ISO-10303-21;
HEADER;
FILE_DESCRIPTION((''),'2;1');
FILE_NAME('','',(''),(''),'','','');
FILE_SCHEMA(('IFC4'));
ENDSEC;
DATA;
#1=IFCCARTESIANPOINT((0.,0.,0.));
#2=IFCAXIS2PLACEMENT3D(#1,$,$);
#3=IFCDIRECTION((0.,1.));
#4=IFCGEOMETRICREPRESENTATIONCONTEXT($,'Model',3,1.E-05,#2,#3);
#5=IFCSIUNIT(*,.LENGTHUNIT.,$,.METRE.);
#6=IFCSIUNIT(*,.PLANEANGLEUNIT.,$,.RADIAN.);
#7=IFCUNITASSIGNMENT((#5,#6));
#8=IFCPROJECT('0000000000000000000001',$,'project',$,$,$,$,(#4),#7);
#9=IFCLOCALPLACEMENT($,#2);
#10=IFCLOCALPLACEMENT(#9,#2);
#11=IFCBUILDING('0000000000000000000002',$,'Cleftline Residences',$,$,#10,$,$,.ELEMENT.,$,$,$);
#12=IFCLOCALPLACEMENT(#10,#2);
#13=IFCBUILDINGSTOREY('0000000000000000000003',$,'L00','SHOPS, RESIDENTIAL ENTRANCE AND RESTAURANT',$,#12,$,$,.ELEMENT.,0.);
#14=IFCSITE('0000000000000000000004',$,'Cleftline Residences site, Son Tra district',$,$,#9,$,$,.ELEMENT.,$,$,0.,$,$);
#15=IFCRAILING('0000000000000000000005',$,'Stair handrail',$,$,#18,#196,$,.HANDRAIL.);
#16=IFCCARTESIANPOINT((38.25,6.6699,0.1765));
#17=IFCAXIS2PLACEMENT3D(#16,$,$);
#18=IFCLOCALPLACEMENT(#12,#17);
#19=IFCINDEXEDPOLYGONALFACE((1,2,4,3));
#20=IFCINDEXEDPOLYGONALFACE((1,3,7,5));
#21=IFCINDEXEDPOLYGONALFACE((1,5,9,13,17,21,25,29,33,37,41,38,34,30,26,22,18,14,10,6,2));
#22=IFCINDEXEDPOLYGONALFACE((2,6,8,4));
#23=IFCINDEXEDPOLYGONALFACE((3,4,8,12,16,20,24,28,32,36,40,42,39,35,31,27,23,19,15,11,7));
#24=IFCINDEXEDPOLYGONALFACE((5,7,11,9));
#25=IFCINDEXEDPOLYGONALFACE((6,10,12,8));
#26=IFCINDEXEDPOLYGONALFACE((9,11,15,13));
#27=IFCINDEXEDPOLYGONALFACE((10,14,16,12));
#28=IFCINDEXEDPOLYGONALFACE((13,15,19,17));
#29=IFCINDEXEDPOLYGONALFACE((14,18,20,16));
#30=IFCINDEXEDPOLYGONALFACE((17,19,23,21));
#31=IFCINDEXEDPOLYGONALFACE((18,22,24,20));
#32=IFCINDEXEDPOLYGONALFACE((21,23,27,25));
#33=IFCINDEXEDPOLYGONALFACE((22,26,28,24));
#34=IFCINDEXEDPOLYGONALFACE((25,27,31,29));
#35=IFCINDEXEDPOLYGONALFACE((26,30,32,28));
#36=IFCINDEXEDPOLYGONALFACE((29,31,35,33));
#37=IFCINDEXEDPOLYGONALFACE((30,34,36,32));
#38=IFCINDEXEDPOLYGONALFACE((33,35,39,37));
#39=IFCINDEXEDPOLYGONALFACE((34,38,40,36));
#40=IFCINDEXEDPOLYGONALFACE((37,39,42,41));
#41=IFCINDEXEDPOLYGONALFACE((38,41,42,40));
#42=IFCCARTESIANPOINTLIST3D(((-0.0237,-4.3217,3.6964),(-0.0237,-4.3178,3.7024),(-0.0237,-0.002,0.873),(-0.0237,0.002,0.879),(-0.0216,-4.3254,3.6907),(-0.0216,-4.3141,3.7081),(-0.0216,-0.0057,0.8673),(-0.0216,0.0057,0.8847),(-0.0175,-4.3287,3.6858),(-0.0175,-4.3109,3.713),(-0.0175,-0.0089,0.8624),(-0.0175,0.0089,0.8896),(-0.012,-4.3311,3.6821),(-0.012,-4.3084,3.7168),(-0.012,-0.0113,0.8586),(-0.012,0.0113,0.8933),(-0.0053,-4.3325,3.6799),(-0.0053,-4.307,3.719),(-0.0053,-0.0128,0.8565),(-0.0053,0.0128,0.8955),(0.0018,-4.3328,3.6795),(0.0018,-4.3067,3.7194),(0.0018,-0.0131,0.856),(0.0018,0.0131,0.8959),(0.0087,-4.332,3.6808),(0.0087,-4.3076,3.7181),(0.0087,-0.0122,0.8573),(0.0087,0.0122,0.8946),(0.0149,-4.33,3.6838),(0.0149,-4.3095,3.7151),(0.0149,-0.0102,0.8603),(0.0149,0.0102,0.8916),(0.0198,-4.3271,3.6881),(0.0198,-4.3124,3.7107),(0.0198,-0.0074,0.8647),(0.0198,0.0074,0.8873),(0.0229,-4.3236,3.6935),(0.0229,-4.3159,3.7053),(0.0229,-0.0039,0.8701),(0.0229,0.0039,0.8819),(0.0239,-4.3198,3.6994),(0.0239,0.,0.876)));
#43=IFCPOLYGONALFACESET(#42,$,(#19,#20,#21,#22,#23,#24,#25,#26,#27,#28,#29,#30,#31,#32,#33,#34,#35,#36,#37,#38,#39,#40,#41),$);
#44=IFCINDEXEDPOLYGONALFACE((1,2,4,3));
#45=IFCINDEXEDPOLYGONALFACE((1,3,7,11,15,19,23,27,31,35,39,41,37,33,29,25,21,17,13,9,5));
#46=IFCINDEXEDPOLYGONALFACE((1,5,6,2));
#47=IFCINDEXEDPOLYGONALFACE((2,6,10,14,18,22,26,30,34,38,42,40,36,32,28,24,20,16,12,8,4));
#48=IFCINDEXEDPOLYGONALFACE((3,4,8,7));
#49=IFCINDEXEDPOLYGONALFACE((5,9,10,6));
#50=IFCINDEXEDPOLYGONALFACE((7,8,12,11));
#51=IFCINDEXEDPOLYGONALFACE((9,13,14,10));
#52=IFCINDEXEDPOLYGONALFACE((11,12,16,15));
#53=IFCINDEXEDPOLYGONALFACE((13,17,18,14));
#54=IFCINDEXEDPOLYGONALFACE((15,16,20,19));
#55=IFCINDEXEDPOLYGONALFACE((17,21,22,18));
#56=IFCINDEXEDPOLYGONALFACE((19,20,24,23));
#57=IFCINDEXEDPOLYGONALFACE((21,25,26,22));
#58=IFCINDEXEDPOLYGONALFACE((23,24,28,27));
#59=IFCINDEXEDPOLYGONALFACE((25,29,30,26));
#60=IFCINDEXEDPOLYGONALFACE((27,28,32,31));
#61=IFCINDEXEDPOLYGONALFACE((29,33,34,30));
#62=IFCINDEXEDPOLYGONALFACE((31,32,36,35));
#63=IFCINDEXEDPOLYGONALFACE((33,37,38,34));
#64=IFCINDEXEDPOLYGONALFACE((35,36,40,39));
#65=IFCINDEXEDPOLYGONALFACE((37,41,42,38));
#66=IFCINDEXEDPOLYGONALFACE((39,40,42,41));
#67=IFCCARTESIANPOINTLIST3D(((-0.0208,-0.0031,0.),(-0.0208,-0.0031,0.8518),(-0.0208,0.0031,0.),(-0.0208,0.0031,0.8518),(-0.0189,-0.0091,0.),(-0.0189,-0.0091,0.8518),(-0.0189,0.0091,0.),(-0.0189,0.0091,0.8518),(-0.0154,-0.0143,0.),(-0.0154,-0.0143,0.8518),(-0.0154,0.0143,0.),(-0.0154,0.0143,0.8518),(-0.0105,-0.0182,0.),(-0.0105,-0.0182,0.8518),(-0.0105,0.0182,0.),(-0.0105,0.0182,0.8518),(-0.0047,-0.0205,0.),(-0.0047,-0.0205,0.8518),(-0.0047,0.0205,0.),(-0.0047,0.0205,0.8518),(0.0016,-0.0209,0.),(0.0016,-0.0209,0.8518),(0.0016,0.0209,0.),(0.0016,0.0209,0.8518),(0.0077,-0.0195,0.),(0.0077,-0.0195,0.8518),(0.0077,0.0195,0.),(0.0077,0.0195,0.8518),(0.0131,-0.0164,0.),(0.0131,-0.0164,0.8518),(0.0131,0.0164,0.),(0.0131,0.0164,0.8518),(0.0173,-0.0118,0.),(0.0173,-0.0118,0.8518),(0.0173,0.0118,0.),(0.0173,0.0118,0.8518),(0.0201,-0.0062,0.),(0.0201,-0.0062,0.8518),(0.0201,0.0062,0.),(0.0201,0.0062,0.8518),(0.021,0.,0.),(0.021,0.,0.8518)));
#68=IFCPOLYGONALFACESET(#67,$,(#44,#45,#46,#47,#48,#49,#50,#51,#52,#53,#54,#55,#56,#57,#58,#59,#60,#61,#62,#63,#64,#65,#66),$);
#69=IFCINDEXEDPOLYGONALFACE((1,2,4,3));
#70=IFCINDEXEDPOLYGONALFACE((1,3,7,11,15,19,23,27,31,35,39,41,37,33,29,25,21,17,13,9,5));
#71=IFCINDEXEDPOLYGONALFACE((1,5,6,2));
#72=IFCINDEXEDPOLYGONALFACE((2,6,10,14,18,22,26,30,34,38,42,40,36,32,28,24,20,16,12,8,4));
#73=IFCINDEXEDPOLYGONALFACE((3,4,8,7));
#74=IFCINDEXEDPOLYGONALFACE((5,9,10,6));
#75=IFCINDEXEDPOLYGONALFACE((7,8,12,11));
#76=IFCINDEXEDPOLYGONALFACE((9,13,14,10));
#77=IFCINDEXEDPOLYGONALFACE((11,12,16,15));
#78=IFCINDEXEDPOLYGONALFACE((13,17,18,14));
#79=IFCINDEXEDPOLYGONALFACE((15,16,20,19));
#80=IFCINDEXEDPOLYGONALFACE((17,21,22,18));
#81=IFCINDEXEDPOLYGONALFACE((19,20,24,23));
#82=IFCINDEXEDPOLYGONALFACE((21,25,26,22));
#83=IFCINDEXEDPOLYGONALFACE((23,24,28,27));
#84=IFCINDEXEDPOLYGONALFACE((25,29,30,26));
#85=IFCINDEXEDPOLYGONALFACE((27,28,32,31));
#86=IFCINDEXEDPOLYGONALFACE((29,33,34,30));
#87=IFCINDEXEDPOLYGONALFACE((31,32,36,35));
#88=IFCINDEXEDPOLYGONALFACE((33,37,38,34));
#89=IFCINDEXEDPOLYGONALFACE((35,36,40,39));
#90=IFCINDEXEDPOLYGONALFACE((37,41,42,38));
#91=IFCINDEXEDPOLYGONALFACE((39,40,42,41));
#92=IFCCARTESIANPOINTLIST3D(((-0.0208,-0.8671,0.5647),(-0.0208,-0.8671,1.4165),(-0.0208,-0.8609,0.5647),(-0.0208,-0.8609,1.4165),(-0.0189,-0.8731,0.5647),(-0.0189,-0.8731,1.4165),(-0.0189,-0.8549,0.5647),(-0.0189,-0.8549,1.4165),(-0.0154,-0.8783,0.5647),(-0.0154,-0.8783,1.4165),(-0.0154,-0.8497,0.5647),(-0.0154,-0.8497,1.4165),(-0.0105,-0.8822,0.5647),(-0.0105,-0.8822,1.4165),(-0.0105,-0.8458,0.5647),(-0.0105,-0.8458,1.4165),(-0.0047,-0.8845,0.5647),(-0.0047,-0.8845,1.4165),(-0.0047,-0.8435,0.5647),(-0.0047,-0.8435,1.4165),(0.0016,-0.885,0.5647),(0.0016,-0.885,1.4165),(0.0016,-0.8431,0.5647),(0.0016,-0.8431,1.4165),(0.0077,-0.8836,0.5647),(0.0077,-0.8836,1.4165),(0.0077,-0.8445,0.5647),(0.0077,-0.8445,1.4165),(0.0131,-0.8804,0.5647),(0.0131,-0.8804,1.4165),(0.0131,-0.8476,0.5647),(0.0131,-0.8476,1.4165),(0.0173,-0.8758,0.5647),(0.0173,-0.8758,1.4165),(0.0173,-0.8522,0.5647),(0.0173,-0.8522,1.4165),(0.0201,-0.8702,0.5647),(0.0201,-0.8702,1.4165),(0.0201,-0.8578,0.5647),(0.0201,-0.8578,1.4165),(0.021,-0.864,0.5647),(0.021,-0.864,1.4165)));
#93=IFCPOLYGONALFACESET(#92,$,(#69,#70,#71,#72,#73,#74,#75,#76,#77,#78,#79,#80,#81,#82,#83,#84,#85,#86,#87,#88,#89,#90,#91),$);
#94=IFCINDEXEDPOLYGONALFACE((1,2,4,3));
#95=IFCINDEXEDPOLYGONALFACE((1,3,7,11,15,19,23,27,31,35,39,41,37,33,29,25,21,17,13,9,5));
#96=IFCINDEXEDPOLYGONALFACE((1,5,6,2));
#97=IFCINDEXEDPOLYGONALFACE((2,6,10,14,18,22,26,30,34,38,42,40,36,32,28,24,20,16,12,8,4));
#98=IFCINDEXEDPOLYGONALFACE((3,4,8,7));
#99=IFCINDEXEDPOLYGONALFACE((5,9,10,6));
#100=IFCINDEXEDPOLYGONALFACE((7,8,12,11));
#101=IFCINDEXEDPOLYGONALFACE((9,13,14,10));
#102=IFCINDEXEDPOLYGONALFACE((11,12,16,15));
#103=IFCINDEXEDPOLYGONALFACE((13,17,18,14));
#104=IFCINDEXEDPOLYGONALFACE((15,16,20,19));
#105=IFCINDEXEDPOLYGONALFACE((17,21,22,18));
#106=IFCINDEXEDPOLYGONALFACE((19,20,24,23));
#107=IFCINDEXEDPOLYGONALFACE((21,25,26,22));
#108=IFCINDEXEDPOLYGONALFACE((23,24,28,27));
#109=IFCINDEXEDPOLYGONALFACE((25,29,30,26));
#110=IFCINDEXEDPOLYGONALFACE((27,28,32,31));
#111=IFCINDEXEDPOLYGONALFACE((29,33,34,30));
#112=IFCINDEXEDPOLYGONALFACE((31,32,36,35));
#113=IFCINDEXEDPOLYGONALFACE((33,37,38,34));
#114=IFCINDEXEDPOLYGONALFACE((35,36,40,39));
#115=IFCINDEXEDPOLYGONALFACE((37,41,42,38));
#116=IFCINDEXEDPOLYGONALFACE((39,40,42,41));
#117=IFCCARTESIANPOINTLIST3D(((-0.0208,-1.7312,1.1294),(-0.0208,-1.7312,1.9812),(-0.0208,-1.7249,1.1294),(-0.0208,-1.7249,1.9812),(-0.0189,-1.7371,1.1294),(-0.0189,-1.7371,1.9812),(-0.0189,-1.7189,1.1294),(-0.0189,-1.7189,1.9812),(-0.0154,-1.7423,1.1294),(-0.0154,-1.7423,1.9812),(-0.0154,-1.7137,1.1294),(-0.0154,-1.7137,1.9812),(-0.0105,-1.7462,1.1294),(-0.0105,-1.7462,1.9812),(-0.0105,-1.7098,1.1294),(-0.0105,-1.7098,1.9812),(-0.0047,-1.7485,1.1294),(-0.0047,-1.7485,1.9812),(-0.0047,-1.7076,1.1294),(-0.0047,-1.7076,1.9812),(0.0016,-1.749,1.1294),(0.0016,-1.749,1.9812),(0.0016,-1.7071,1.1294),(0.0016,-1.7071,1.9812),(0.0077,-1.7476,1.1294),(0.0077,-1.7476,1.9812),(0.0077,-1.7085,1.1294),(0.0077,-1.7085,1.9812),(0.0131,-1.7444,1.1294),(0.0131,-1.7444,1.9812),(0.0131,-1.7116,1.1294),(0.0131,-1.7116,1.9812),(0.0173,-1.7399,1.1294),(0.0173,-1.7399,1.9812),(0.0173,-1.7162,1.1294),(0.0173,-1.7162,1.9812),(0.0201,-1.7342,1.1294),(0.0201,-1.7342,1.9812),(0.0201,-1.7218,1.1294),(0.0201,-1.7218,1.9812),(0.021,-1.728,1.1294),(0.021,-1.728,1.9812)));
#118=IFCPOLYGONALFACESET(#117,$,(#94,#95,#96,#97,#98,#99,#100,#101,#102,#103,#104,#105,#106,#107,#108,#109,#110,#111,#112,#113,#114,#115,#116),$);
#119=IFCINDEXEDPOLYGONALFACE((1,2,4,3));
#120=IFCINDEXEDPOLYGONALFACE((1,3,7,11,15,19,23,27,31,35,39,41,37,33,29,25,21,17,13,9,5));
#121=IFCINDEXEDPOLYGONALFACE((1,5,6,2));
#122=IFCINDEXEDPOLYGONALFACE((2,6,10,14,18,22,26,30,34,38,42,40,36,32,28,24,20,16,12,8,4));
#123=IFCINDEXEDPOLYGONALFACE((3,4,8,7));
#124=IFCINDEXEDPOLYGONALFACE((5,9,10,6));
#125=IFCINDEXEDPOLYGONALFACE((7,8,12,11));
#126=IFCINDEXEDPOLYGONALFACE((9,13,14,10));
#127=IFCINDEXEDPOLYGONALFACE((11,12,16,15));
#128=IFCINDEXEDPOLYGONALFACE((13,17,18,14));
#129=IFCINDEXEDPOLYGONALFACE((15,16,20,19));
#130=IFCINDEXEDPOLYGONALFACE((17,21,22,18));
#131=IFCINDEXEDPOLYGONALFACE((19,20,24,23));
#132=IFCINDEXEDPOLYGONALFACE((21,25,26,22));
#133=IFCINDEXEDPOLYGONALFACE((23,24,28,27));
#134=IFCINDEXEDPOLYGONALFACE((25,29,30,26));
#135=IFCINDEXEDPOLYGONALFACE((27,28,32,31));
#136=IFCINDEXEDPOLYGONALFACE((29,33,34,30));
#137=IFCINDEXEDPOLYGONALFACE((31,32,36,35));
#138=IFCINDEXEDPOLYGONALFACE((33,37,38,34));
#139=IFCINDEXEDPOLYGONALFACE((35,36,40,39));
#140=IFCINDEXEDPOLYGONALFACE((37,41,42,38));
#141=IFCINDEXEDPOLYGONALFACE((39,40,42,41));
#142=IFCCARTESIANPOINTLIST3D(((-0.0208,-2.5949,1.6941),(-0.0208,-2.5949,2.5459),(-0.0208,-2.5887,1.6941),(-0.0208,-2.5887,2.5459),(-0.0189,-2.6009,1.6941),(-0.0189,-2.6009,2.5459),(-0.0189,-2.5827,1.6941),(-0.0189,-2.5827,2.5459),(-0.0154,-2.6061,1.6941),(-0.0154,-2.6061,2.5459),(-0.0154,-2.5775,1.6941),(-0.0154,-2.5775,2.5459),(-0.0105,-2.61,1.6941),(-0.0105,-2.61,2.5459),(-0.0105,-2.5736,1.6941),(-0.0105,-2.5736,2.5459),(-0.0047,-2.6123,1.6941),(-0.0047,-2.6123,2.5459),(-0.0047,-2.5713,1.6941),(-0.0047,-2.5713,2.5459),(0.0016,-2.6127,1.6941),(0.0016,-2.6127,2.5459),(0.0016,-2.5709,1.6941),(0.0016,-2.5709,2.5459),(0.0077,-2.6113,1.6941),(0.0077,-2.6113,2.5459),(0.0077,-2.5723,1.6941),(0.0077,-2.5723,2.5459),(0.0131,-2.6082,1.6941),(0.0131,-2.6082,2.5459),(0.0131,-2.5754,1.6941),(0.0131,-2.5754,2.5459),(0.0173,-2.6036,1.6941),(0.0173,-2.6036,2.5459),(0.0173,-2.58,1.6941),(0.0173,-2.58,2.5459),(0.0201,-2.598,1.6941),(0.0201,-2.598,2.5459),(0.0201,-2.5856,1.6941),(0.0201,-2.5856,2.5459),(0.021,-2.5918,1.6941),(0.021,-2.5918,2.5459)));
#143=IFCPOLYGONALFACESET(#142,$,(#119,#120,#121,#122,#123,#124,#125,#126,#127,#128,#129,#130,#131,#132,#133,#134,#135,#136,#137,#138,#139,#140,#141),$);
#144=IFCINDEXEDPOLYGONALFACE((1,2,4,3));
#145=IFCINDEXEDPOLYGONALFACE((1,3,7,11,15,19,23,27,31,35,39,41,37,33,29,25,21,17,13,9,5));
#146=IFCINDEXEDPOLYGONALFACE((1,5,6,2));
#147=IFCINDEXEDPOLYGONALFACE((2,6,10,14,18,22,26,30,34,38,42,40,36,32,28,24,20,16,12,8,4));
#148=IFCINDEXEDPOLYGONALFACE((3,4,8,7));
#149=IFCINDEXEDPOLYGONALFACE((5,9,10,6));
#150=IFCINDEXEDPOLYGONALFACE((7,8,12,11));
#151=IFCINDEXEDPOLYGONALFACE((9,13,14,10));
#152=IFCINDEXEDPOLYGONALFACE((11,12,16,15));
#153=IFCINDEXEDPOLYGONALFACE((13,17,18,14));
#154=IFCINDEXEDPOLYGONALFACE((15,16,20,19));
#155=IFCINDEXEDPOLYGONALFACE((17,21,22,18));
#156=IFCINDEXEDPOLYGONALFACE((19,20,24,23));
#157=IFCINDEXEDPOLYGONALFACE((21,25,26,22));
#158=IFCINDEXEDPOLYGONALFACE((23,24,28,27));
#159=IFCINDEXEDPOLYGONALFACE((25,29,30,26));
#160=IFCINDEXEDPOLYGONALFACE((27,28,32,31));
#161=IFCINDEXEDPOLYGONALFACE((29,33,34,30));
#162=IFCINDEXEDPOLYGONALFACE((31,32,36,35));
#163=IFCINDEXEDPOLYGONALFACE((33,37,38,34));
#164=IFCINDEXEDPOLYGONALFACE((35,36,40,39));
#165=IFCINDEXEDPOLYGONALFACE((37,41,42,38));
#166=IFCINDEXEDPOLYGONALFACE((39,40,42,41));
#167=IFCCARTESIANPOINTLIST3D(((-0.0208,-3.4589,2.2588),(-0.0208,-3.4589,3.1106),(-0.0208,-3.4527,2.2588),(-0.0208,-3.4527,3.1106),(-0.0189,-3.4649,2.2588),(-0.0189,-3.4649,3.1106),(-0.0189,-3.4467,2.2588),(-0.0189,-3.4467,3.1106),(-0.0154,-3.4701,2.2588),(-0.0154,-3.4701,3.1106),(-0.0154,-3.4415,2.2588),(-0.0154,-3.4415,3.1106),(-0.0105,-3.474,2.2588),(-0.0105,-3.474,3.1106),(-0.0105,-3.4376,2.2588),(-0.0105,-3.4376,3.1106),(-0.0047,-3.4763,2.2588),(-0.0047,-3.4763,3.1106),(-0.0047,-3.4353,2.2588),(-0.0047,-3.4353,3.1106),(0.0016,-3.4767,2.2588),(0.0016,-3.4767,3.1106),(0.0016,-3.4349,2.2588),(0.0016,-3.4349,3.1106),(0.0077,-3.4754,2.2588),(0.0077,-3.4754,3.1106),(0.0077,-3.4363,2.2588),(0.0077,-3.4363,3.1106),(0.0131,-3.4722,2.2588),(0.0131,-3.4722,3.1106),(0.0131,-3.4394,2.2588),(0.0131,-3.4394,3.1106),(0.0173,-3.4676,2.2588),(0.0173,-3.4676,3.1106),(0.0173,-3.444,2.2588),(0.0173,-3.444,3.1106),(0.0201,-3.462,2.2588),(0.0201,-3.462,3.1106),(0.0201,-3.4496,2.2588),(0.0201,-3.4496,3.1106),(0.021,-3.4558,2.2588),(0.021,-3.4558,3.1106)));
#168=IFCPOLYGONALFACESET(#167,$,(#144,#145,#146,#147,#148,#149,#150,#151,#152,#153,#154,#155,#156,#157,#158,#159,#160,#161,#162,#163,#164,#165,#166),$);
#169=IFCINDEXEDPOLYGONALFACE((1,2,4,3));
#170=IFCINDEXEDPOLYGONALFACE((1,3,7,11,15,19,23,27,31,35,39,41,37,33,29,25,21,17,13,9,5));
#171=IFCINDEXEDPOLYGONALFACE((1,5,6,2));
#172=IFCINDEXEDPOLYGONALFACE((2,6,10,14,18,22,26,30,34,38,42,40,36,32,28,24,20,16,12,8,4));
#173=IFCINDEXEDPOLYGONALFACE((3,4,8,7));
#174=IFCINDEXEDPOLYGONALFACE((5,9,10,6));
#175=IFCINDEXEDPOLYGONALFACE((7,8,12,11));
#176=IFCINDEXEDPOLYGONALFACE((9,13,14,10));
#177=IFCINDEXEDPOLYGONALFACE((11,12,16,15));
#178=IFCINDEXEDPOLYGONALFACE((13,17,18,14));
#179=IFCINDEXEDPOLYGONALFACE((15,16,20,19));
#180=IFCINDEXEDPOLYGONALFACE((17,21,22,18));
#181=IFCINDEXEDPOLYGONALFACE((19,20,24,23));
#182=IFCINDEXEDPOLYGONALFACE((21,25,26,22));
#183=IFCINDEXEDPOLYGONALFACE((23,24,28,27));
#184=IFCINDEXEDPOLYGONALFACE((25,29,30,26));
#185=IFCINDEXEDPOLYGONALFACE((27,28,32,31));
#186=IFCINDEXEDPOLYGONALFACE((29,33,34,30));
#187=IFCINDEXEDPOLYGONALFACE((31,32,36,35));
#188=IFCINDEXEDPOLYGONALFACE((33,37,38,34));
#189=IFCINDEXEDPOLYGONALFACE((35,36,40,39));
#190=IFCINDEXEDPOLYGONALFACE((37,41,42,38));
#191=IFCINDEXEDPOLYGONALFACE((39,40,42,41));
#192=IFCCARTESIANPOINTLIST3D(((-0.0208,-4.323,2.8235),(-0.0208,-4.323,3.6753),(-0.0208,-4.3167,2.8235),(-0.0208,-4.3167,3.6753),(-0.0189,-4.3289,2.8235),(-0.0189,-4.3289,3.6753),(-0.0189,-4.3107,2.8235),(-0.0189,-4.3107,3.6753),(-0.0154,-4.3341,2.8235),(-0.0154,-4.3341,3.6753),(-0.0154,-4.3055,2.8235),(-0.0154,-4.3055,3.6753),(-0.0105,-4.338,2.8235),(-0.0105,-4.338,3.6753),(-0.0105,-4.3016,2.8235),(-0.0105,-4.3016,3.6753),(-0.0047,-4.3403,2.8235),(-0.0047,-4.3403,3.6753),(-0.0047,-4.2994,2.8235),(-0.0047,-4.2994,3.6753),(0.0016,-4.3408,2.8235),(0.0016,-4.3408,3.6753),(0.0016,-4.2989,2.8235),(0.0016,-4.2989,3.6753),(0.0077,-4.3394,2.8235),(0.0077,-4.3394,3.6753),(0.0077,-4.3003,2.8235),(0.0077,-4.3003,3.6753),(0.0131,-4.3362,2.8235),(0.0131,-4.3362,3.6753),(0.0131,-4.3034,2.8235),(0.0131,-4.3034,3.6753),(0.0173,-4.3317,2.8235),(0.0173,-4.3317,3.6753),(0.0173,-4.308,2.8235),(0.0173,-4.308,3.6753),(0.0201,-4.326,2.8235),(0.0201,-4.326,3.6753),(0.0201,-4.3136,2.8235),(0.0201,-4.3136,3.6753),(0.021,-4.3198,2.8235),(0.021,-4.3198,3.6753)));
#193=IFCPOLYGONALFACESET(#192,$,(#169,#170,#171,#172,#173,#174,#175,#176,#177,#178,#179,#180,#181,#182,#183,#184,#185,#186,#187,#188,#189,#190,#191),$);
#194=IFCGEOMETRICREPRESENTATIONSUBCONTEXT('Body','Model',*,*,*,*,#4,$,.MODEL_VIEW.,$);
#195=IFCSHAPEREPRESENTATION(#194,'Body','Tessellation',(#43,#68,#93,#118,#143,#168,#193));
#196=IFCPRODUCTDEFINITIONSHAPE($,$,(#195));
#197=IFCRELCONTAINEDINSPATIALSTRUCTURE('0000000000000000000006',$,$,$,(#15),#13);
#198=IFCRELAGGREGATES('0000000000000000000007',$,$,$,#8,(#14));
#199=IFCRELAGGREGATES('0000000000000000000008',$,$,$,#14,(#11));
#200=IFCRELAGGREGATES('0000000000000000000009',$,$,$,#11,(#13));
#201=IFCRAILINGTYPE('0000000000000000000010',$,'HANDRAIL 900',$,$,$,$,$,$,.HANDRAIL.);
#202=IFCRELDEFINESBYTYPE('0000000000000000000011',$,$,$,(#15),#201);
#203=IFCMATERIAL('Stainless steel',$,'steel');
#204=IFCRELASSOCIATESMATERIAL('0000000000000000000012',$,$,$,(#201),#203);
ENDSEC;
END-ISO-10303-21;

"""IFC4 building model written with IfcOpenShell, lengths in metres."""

from ifc_helpers import new_model, si_unit, direction, frame, origin, origin_2d, place, context, subcontext, project, spatial, circle, extrude, material, type_object, element, save


model = new_model("IFC4")

# Units and contexts
model_context = context("Model", 3, precision=1e-05, world=origin(), true_north=direction((0.0, 1.0)))
body_context = subcontext(model_context, "Body", "Model", "MODEL_VIEW")
ifc_project = project(units=[si_unit("LENGTHUNIT", "METRE"), si_unit("PLANEANGLEUNIT", "RADIAN")], contexts=[model_context])

# Site, building, storey
site_placement = place(None, origin())
site = spatial("IfcSite", under=ifc_project, at=site_placement, Name="Cleftline Residences site, Son Tra district", CompositionType="ELEMENT", RefElevation=0.0)
building_placement = place(site_placement, origin())
building = spatial("IfcBuilding", under=site, at=building_placement, Name="Cleftline Residences", CompositionType="ELEMENT")
storey_placement = place(building_placement, origin())
storey = spatial("IfcBuildingStorey", under=building, at=storey_placement, Name="L00", Description="SHOPS, RESIDENTIAL ENTRANCE AND RESTAURANT", CompositionType="ELEMENT", Elevation=0.0)

# Railing
ifc_material_1 = material(Name="Stainless steel", Category="steel")
railing_type = type_object("IfcRailingType", Name="HANDRAIL 900", PredefinedType="HANDRAIL", material=ifc_material_1)
railing_1_placement = place(storey_placement, frame((38.25, 6.6699, 0.1765)))
element("IfcRailing", 1, at=railing_1_placement, inside=storey, type_object=railing_type, Name="Stair handrail", PredefinedType="HANDRAIL", context=body_context, shape_type="SweptSolid", body=[
    extrude(circle(Radius=0.0239, at=origin_2d()), frame((0.0, 0.0, 0.876), z_axis=(0.0, -0.83706, 0.547112), x_axis=(1.0, 0.0, 0.0)), (0.0, 0.0, 1.0), 5.1606),
    extrude(circle(Radius=0.021, at=origin_2d()), origin(), (0.0, 0.0, 1.0), 0.8518),
    extrude(circle(Radius=0.021, at=origin_2d()), frame((0.0, -0.864, 0.5647)), (0.0, 0.0, 1.0), 0.8518),
    extrude(circle(Radius=0.021, at=origin_2d()), frame((0.0, -1.728, 1.1294)), (0.0, 0.0, 1.0), 0.8518),
    extrude(circle(Radius=0.021, at=origin_2d()), frame((0.0, -2.5918, 1.6941)), (0.0, 0.0, 1.0), 0.8518),
    extrude(circle(Radius=0.021, at=origin_2d()), frame((0.0, -3.4558, 2.2588)), (0.0, 0.0, 1.0), 0.8518),
    extrude(circle(Radius=0.021, at=origin_2d()), frame((0.0, -4.3198, 2.8235)), (0.0, 0.0, 1.0), 0.8518),
])

save(model, "model.ifc")
